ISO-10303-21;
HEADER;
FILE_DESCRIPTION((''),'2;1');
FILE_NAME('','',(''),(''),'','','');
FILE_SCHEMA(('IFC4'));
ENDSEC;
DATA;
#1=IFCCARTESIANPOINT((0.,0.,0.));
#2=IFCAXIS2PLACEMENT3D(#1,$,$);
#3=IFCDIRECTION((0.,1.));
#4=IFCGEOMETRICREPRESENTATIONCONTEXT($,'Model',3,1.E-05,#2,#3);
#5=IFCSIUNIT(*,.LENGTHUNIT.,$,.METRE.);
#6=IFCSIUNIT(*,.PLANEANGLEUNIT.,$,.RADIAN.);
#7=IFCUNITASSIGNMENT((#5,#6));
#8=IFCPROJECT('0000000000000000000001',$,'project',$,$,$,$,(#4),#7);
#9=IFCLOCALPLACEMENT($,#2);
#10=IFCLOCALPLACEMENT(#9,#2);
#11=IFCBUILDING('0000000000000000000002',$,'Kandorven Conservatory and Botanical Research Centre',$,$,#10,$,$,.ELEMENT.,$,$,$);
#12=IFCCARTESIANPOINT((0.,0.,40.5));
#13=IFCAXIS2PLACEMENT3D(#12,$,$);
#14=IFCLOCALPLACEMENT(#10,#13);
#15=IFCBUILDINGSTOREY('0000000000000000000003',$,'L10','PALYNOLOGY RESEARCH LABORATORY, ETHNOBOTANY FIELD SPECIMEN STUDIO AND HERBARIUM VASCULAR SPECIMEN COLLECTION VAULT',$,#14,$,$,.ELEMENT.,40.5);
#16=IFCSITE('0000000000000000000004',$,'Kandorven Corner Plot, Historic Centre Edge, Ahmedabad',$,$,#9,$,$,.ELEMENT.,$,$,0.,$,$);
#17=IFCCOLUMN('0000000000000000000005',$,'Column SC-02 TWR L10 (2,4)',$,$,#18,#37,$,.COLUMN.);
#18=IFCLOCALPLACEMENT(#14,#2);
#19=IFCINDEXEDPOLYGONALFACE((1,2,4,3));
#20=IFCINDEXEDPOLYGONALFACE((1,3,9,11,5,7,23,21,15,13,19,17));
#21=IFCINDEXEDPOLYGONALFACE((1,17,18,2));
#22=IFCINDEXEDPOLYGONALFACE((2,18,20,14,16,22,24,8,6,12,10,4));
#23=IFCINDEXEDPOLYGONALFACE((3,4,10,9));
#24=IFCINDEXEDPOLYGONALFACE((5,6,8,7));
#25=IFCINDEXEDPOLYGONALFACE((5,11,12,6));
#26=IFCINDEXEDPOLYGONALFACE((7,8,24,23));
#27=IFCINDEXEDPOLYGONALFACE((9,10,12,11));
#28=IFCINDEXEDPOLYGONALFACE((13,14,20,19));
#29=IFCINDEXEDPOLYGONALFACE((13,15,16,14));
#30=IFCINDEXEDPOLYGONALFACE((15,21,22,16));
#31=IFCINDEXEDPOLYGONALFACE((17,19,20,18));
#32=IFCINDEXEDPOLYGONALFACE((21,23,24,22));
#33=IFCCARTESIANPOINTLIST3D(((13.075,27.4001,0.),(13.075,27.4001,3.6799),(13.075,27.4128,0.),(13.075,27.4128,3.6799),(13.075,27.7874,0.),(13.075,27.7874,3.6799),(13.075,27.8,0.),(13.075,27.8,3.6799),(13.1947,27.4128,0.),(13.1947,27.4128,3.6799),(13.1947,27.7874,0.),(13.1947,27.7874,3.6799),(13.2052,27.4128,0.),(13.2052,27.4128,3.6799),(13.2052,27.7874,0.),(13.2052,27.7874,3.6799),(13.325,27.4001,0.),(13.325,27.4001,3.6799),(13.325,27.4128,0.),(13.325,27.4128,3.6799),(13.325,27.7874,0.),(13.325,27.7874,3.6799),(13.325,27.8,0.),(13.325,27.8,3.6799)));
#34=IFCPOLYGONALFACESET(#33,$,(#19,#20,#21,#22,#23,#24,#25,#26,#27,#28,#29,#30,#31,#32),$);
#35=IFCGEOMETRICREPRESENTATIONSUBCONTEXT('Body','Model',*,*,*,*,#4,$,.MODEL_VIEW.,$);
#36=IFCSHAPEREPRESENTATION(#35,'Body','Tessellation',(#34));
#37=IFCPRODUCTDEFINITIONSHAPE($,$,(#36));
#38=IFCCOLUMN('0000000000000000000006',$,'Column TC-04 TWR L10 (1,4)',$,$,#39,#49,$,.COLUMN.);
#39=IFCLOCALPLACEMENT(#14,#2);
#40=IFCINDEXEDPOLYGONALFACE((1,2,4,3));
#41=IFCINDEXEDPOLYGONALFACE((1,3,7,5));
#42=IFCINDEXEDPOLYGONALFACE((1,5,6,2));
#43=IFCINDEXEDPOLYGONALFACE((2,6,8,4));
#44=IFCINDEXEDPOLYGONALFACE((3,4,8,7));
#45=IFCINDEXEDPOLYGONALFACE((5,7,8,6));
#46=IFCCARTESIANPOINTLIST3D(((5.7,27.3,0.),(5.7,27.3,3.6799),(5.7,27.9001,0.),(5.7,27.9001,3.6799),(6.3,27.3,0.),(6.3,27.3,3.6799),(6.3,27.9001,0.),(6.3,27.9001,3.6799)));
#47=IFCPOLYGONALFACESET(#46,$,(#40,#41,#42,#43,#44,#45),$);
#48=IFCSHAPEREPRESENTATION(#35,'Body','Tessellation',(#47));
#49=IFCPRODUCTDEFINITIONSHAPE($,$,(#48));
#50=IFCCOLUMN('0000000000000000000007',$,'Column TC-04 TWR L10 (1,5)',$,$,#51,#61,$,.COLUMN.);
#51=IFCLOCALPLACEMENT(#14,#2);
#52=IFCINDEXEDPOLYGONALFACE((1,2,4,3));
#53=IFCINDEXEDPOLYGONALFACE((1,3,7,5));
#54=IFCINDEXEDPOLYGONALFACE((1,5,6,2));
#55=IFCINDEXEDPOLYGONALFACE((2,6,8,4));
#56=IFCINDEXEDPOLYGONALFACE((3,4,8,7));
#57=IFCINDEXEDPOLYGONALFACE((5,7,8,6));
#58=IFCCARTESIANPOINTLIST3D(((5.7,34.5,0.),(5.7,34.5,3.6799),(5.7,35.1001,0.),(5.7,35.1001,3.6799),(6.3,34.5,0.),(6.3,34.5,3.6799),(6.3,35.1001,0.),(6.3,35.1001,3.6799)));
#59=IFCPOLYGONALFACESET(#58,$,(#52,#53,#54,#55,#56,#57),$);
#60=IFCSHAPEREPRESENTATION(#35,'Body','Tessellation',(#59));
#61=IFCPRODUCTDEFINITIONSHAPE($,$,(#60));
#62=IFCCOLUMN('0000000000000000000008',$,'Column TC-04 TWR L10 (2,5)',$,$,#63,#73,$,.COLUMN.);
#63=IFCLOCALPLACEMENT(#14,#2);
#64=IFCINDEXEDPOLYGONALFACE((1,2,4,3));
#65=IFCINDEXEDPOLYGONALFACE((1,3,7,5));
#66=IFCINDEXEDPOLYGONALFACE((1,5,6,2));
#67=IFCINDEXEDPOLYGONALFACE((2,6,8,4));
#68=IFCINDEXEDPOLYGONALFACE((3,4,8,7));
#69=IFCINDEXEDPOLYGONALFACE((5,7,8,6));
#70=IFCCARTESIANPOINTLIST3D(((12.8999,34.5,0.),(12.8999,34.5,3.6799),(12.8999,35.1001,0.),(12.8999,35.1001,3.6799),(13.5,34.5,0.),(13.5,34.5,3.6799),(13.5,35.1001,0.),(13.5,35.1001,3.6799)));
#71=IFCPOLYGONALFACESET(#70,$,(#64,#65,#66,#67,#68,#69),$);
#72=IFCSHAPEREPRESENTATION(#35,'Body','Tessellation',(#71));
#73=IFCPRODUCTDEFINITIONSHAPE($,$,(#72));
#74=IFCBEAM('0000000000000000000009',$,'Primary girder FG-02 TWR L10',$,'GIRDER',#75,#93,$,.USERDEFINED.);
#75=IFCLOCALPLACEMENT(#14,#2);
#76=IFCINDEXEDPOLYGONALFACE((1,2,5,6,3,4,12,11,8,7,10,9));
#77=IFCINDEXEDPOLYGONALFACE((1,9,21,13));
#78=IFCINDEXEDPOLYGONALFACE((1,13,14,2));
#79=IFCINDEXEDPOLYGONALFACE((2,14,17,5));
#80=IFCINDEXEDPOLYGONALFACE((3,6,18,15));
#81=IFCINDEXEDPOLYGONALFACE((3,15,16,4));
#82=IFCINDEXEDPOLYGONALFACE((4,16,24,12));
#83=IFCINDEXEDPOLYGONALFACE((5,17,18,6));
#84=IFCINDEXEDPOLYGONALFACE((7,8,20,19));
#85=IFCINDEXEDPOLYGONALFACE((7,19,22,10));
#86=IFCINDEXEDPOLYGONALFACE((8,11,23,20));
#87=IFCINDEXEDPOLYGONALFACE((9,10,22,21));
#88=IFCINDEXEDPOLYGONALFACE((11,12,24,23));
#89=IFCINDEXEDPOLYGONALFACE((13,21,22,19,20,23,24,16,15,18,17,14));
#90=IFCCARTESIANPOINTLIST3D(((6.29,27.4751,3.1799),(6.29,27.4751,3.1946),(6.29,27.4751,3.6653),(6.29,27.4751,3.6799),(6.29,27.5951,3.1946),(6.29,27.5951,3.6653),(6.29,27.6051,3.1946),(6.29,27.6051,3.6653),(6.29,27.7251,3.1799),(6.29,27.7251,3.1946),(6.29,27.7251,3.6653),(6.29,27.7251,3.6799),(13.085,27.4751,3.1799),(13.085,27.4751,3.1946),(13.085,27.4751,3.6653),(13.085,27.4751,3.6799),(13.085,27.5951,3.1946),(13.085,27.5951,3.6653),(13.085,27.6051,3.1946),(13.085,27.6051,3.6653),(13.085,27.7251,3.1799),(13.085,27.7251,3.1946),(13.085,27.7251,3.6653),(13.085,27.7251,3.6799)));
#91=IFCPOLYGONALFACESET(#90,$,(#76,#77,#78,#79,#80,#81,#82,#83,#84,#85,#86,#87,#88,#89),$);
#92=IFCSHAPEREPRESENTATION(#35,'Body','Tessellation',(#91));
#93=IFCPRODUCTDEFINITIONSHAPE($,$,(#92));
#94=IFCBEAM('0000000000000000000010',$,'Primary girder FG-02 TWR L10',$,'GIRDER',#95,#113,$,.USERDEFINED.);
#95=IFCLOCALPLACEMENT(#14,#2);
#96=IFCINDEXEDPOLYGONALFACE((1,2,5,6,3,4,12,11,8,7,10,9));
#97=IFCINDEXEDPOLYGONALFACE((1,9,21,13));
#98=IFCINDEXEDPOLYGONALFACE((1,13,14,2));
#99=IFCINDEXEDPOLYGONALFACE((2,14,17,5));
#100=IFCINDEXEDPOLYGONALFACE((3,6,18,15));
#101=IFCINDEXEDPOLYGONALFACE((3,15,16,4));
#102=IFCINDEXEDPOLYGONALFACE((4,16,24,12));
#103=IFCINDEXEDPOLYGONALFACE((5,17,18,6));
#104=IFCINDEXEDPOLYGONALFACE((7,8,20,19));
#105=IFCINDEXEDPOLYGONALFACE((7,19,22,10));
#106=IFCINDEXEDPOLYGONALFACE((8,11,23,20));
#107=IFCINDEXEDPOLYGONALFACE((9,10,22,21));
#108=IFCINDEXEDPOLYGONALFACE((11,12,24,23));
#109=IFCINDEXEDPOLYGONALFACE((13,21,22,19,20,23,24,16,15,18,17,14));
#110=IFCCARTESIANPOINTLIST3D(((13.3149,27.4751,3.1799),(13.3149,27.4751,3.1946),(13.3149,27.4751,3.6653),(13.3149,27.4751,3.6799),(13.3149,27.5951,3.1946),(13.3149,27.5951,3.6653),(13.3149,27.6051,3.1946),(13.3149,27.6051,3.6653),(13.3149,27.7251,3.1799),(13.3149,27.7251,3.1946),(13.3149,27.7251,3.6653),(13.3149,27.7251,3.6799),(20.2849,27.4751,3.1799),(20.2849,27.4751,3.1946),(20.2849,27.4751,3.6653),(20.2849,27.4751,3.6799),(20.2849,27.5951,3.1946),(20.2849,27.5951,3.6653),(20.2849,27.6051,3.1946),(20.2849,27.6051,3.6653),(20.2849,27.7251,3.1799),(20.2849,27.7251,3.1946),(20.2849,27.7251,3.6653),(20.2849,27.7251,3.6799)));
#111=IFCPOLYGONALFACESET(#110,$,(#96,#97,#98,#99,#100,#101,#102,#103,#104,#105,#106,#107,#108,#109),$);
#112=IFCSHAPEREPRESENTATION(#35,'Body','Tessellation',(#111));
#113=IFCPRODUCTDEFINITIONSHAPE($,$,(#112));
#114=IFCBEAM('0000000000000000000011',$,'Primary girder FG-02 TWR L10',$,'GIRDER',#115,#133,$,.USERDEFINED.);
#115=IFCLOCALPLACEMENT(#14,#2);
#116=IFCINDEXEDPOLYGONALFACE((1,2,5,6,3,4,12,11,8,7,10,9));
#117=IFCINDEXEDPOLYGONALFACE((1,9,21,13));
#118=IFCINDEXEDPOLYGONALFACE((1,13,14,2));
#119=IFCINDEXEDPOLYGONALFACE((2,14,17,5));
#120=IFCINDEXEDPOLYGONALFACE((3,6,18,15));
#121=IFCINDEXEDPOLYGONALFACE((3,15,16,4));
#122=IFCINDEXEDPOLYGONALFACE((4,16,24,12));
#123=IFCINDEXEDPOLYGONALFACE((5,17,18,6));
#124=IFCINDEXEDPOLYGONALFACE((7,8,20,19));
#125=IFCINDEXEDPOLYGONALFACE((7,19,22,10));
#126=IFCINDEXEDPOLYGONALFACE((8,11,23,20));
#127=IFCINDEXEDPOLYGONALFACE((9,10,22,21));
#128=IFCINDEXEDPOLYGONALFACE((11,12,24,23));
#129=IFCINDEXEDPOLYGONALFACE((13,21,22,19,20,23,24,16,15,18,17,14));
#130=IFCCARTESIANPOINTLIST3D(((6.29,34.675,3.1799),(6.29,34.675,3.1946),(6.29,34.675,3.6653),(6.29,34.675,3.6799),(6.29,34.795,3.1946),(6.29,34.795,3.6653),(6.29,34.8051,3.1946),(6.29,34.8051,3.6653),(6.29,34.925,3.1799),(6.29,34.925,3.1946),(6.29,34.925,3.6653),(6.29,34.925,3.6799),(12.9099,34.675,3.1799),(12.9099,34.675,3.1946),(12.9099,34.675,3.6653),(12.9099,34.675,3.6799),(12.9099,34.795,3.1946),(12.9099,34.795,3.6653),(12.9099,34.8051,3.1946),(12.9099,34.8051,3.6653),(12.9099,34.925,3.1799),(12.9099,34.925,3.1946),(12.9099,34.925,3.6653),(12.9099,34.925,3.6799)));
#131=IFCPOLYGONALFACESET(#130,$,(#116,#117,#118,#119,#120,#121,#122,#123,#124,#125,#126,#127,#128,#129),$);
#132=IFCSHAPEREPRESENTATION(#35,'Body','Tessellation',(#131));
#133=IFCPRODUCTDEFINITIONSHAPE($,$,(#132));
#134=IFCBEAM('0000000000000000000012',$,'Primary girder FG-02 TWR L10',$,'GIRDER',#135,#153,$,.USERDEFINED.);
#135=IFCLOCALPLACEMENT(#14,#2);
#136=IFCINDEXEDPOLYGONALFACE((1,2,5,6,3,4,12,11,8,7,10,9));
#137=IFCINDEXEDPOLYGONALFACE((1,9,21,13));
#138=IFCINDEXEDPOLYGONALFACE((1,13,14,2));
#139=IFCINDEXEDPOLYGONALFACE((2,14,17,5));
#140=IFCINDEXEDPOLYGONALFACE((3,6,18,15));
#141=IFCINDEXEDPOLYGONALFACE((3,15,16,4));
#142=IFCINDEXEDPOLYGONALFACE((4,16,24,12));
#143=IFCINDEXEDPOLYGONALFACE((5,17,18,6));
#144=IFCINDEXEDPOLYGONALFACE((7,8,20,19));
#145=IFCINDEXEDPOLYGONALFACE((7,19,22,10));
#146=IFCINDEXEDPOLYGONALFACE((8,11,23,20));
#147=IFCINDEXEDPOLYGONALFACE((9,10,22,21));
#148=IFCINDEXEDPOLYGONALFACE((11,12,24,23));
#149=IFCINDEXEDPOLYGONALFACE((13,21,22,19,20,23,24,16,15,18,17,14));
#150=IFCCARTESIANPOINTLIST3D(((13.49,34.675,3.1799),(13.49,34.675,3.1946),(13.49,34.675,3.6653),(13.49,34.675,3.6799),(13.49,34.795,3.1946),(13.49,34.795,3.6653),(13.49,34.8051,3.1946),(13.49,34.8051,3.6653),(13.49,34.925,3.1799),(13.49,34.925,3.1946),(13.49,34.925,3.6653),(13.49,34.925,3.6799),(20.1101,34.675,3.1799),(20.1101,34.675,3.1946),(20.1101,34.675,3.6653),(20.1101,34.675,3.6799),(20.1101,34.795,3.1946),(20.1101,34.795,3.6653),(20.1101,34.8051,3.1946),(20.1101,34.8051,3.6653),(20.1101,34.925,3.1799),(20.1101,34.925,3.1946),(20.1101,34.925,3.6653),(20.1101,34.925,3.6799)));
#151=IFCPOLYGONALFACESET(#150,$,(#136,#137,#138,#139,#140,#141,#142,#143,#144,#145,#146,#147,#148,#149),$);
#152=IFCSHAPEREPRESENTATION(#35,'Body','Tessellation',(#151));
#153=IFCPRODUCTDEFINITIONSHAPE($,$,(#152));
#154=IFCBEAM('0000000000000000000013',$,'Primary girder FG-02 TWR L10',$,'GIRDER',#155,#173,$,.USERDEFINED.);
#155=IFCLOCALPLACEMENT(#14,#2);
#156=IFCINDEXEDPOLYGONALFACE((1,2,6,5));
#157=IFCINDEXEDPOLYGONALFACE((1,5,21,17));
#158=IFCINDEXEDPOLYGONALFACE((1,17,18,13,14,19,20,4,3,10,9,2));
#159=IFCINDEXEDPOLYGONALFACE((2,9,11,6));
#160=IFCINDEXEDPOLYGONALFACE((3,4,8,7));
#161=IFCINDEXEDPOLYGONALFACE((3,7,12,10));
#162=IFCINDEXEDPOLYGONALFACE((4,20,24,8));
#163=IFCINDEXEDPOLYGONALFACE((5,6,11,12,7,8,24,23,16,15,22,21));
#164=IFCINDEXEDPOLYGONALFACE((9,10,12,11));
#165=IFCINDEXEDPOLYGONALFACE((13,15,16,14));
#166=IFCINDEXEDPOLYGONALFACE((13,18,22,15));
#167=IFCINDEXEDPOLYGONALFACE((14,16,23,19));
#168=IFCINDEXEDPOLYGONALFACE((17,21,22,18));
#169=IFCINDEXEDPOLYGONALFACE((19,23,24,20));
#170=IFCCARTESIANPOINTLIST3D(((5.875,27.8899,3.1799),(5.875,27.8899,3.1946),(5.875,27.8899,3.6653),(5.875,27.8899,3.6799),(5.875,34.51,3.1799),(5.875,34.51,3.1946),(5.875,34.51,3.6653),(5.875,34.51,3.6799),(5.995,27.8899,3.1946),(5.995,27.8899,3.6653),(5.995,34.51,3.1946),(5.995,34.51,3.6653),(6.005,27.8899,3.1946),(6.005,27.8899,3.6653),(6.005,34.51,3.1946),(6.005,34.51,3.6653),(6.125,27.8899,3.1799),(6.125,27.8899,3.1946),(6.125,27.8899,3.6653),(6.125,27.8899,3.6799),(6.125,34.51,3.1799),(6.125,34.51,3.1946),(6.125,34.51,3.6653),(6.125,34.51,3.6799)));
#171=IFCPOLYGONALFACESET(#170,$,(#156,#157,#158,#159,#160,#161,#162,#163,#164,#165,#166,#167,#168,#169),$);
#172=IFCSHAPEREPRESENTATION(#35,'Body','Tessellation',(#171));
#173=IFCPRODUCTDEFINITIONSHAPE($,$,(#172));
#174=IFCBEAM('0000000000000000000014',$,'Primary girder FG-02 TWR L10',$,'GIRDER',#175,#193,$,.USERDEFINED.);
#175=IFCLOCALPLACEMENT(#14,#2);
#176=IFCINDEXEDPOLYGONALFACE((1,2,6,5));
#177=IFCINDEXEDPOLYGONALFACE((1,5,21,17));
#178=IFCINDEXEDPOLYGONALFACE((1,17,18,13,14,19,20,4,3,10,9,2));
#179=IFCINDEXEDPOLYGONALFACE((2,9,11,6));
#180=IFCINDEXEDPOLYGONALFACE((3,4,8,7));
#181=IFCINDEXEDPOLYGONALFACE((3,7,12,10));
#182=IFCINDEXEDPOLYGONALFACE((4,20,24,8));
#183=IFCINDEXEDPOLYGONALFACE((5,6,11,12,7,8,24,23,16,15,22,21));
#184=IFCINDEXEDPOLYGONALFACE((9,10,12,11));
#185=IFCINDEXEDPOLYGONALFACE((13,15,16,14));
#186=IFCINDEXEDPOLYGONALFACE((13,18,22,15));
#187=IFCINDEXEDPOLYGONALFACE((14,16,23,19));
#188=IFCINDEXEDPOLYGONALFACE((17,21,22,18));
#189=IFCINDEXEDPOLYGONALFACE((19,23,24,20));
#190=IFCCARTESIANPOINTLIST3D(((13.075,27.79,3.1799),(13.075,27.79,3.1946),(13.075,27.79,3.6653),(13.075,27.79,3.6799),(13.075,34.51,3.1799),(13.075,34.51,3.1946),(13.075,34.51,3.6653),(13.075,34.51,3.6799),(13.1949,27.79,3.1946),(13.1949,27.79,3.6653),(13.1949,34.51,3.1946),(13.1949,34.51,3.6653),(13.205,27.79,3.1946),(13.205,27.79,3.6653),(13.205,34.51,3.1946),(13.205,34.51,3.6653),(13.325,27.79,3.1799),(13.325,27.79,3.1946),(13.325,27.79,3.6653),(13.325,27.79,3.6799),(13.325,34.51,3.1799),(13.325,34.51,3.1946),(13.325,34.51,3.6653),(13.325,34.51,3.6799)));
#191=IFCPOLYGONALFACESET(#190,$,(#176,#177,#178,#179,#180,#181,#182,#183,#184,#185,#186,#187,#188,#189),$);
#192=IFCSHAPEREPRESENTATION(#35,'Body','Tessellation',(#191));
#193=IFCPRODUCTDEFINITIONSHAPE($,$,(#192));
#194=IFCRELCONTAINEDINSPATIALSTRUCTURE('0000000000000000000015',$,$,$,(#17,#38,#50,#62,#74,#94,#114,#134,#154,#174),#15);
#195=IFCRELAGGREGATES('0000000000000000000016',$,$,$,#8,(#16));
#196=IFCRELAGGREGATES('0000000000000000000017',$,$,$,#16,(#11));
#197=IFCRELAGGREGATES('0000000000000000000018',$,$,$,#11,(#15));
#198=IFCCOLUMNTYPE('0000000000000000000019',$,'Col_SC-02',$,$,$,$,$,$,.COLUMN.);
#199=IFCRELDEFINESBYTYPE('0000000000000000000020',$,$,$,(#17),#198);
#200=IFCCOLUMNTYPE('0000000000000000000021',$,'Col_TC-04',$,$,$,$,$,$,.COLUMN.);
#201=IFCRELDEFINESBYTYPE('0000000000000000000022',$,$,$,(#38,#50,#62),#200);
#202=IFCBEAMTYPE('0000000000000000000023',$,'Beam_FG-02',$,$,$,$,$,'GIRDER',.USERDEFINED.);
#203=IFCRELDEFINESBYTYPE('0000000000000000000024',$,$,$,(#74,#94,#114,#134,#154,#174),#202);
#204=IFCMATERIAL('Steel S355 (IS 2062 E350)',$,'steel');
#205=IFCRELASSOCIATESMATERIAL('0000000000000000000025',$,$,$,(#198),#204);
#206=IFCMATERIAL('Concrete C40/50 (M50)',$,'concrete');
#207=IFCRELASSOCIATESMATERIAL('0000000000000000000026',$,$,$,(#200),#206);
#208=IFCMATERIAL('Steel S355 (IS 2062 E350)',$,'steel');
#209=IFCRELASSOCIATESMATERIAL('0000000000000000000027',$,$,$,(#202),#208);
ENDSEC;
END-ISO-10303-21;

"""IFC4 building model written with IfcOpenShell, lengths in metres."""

from ifc_helpers import new_model, si_unit, direction, frame, origin, origin_2d, place, context, subcontext, project, spatial, rectangle, i_section, extrude, material, material_profile, profile_set, type_object, element, save


model = new_model("IFC4")

# Units and contexts
model_context = context("Model", 3, precision=1e-05, world=origin(), true_north=direction((0.0, 1.0)))
body_context = subcontext(model_context, "Body", "Model", "MODEL_VIEW")
ifc_project = project(units=[si_unit("LENGTHUNIT", "METRE"), si_unit("PLANEANGLEUNIT", "RADIAN")], contexts=[model_context])

# Site, building, storey
site_placement = place(None, origin())
site = spatial("IfcSite", under=ifc_project, at=site_placement, Name="Kandorven Corner Plot, Historic Centre Edge, Ahmedabad", CompositionType="ELEMENT", RefElevation=0.0)
building_placement = place(site_placement, origin())
building = spatial("IfcBuilding", under=site, at=building_placement, Name="Kandorven Conservatory and Botanical Research Centre", CompositionType="ELEMENT")
storey_placement = place(building_placement, frame((0.0, 0.0, 40.5)))
storey = spatial("IfcBuildingStorey", under=building, at=storey_placement, Name="L10", Description="PALYNOLOGY RESEARCH LABORATORY, ETHNOBOTANY FIELD SPECIMEN STUDIO AND HERBARIUM VASCULAR SPECIMEN COLLECTION VAULT", CompositionType="ELEMENT", Elevation=40.5)

# Columns
ifc_material_1 = material(Name="Steel S355 (IS 2062 E350)", Category="steel")
ifc_material_profile_1 = material_profile(ifc_material_1, i_section(OverallWidth=0.25, OverallDepth=0.3999, WebThickness=0.0105, FlangeThickness=0.0127, at=origin_2d()))
ifc_profile_set_1 = profile_set([ifc_material_profile_1], Name="Steel S355 (IS 2062 E350)")
column_type_1 = type_object("IfcColumnType", Name="Col_SC-02", PredefinedType="COLUMN", material=ifc_profile_set_1)
column_placement = place(storey_placement, frame((13.2, 27.6001, 0.0), z_axis=(0.0, 0.0, 1.0), x_axis=(1.0, 0.0, 0.0)))
element("IfcColumn", 1, at=column_placement, inside=storey, type_object=column_type_1, Name="Column SC-02 TWR L10 (2,4)", PredefinedType="COLUMN", context=body_context, shape_type="SweptSolid", body=[
    extrude(i_section(OverallWidth=0.25, OverallDepth=0.3999, WebThickness=0.0105, FlangeThickness=0.0127, at=origin_2d()), origin(), (0.0, 0.0, 1.0), 3.6799),
])
ifc_material_2 = material(Name="Concrete C40/50 (M50)", Category="concrete")
ifc_material_profile_2 = material_profile(ifc_material_2, rectangle(XDim=0.6001, YDim=0.6001, at=origin_2d()))
ifc_profile_set_2 = profile_set([ifc_material_profile_2], Name="Concrete C40/50 (M50)")
column_type_2 = type_object("IfcColumnType", Name="Col_TC-04", PredefinedType="COLUMN", material=ifc_profile_set_2)
for number, where, z_axis, x_axis, name in (
    (2, (6.0, 27.6001, 0.0), (0.0, 0.0, 1.0), (1.0, 0.0, 0.0), "Column TC-04 TWR L10 (1,4)"),
    (3, (6.0, 34.8, 0.0), (0.0, 0.0, 1.0), (1.0, 0.0, 0.0), "Column TC-04 TWR L10 (1,5)"),
    (4, (13.2, 34.8, 0.0), (0.0, 0.0, 1.0), (1.0, 0.0, 0.0), "Column TC-04 TWR L10 (2,5)"),
):
    element("IfcColumn", number, at=place(storey_placement, frame(where, z_axis=z_axis, x_axis=x_axis)), inside=storey, type_object=column_type_2, Name=name, PredefinedType="COLUMN", context=body_context, shape_type="SweptSolid", body=[
        extrude(rectangle(XDim=0.6001, YDim=0.6001, at=origin_2d()), origin(), (0.0, 0.0, 1.0), 3.6799),
    ])

# Beams
ifc_material_3 = material(Name="Steel S355 (IS 2062 E350)", Category="steel")
ifc_material_profile_3 = material_profile(ifc_material_3, i_section(OverallWidth=0.25, OverallDepth=0.5, WebThickness=0.01, FlangeThickness=0.0146, at=origin_2d()))
ifc_profile_set_3 = profile_set([ifc_material_profile_3], Name="Steel S355 (IS 2062 E350)")
beam_type_1 = type_object("IfcBeamType", Name="Beam_FG-02", ElementType="GIRDER", PredefinedType="USERDEFINED", material=ifc_profile_set_3)
beam_1_placement = place(storey_placement, frame((6.29, 27.6001, 3.4299), z_axis=(1.0, 0.0, 0.0), x_axis=(0.0, 1.0, 0.0)))
element("IfcBeam", 5, at=beam_1_placement, inside=storey, type_object=beam_type_1, Name="Primary girder FG-02 TWR L10", ObjectType="GIRDER", PredefinedType="USERDEFINED", context=body_context, shape_type="SweptSolid", body=[
    extrude(i_section(OverallWidth=0.25, OverallDepth=0.5, WebThickness=0.01, FlangeThickness=0.0146, at=origin_2d()), origin(), (0.0, 0.0, 1.0), 6.7949),
])
beam_2_placement = place(storey_placement, frame((13.3149, 27.6001, 3.4299), z_axis=(1.0, 0.0, 0.0), x_axis=(0.0, 1.0, 0.0)))
element("IfcBeam", 6, at=beam_2_placement, inside=storey, type_object=beam_type_1, Name="Primary girder FG-02 TWR L10", ObjectType="GIRDER", PredefinedType="USERDEFINED", context=body_context, shape_type="SweptSolid", body=[
    extrude(i_section(OverallWidth=0.25, OverallDepth=0.5, WebThickness=0.01, FlangeThickness=0.0146, at=origin_2d()), origin(), (0.0, 0.0, 1.0), 6.97),
])
beam_3_placement = place(storey_placement, frame((6.29, 34.8, 3.4299), z_axis=(1.0, 0.0, 0.0), x_axis=(0.0, 1.0, 0.0)))
element("IfcBeam", 7, at=beam_3_placement, inside=storey, type_object=beam_type_1, Name="Primary girder FG-02 TWR L10", ObjectType="GIRDER", PredefinedType="USERDEFINED", context=body_context, shape_type="SweptSolid", body=[
    extrude(i_section(OverallWidth=0.25, OverallDepth=0.5, WebThickness=0.01, FlangeThickness=0.0146, at=origin_2d()), origin(), (0.0, 0.0, 1.0), 6.6199),
])
for number, where, z_axis, x_axis, name in (
    (8, (13.49, 34.8, 3.4299), (1.0, 0.0, 0.0), (0.0, 1.0, 0.0), "Primary girder FG-02 TWR L10"),
    (9, (6.0, 27.8899, 3.4299), (0.0, 1.0, 0.0), (-1.0, 0.0, 0.0), "Primary girder FG-02 TWR L10"),
):
    element("IfcBeam", number, at=place(storey_placement, frame(where, z_axis=z_axis, x_axis=x_axis)), inside=storey, type_object=beam_type_1, Name=name, ObjectType="GIRDER", PredefinedType="USERDEFINED", context=body_context, shape_type="SweptSolid", body=[
        extrude(i_section(OverallWidth=0.25, OverallDepth=0.5, WebThickness=0.01, FlangeThickness=0.0146, at=origin_2d()), origin(), (0.0, 0.0, 1.0), 6.6201),
    ])
beam_4_placement = place(storey_placement, frame((13.2, 27.79, 3.4299), z_axis=(0.0, 1.0, 0.0), x_axis=(-1.0, 0.0, 0.0)))
element("IfcBeam", 10, at=beam_4_placement, inside=storey, type_object=beam_type_1, Name="Primary girder FG-02 TWR L10", ObjectType="GIRDER", PredefinedType="USERDEFINED", context=body_context, shape_type="SweptSolid", body=[
    extrude(i_section(OverallWidth=0.25, OverallDepth=0.5, WebThickness=0.01, FlangeThickness=0.0146, at=origin_2d()), origin(), (0.0, 0.0, 1.0), 6.72),
])

save(model, "model.ifc")
